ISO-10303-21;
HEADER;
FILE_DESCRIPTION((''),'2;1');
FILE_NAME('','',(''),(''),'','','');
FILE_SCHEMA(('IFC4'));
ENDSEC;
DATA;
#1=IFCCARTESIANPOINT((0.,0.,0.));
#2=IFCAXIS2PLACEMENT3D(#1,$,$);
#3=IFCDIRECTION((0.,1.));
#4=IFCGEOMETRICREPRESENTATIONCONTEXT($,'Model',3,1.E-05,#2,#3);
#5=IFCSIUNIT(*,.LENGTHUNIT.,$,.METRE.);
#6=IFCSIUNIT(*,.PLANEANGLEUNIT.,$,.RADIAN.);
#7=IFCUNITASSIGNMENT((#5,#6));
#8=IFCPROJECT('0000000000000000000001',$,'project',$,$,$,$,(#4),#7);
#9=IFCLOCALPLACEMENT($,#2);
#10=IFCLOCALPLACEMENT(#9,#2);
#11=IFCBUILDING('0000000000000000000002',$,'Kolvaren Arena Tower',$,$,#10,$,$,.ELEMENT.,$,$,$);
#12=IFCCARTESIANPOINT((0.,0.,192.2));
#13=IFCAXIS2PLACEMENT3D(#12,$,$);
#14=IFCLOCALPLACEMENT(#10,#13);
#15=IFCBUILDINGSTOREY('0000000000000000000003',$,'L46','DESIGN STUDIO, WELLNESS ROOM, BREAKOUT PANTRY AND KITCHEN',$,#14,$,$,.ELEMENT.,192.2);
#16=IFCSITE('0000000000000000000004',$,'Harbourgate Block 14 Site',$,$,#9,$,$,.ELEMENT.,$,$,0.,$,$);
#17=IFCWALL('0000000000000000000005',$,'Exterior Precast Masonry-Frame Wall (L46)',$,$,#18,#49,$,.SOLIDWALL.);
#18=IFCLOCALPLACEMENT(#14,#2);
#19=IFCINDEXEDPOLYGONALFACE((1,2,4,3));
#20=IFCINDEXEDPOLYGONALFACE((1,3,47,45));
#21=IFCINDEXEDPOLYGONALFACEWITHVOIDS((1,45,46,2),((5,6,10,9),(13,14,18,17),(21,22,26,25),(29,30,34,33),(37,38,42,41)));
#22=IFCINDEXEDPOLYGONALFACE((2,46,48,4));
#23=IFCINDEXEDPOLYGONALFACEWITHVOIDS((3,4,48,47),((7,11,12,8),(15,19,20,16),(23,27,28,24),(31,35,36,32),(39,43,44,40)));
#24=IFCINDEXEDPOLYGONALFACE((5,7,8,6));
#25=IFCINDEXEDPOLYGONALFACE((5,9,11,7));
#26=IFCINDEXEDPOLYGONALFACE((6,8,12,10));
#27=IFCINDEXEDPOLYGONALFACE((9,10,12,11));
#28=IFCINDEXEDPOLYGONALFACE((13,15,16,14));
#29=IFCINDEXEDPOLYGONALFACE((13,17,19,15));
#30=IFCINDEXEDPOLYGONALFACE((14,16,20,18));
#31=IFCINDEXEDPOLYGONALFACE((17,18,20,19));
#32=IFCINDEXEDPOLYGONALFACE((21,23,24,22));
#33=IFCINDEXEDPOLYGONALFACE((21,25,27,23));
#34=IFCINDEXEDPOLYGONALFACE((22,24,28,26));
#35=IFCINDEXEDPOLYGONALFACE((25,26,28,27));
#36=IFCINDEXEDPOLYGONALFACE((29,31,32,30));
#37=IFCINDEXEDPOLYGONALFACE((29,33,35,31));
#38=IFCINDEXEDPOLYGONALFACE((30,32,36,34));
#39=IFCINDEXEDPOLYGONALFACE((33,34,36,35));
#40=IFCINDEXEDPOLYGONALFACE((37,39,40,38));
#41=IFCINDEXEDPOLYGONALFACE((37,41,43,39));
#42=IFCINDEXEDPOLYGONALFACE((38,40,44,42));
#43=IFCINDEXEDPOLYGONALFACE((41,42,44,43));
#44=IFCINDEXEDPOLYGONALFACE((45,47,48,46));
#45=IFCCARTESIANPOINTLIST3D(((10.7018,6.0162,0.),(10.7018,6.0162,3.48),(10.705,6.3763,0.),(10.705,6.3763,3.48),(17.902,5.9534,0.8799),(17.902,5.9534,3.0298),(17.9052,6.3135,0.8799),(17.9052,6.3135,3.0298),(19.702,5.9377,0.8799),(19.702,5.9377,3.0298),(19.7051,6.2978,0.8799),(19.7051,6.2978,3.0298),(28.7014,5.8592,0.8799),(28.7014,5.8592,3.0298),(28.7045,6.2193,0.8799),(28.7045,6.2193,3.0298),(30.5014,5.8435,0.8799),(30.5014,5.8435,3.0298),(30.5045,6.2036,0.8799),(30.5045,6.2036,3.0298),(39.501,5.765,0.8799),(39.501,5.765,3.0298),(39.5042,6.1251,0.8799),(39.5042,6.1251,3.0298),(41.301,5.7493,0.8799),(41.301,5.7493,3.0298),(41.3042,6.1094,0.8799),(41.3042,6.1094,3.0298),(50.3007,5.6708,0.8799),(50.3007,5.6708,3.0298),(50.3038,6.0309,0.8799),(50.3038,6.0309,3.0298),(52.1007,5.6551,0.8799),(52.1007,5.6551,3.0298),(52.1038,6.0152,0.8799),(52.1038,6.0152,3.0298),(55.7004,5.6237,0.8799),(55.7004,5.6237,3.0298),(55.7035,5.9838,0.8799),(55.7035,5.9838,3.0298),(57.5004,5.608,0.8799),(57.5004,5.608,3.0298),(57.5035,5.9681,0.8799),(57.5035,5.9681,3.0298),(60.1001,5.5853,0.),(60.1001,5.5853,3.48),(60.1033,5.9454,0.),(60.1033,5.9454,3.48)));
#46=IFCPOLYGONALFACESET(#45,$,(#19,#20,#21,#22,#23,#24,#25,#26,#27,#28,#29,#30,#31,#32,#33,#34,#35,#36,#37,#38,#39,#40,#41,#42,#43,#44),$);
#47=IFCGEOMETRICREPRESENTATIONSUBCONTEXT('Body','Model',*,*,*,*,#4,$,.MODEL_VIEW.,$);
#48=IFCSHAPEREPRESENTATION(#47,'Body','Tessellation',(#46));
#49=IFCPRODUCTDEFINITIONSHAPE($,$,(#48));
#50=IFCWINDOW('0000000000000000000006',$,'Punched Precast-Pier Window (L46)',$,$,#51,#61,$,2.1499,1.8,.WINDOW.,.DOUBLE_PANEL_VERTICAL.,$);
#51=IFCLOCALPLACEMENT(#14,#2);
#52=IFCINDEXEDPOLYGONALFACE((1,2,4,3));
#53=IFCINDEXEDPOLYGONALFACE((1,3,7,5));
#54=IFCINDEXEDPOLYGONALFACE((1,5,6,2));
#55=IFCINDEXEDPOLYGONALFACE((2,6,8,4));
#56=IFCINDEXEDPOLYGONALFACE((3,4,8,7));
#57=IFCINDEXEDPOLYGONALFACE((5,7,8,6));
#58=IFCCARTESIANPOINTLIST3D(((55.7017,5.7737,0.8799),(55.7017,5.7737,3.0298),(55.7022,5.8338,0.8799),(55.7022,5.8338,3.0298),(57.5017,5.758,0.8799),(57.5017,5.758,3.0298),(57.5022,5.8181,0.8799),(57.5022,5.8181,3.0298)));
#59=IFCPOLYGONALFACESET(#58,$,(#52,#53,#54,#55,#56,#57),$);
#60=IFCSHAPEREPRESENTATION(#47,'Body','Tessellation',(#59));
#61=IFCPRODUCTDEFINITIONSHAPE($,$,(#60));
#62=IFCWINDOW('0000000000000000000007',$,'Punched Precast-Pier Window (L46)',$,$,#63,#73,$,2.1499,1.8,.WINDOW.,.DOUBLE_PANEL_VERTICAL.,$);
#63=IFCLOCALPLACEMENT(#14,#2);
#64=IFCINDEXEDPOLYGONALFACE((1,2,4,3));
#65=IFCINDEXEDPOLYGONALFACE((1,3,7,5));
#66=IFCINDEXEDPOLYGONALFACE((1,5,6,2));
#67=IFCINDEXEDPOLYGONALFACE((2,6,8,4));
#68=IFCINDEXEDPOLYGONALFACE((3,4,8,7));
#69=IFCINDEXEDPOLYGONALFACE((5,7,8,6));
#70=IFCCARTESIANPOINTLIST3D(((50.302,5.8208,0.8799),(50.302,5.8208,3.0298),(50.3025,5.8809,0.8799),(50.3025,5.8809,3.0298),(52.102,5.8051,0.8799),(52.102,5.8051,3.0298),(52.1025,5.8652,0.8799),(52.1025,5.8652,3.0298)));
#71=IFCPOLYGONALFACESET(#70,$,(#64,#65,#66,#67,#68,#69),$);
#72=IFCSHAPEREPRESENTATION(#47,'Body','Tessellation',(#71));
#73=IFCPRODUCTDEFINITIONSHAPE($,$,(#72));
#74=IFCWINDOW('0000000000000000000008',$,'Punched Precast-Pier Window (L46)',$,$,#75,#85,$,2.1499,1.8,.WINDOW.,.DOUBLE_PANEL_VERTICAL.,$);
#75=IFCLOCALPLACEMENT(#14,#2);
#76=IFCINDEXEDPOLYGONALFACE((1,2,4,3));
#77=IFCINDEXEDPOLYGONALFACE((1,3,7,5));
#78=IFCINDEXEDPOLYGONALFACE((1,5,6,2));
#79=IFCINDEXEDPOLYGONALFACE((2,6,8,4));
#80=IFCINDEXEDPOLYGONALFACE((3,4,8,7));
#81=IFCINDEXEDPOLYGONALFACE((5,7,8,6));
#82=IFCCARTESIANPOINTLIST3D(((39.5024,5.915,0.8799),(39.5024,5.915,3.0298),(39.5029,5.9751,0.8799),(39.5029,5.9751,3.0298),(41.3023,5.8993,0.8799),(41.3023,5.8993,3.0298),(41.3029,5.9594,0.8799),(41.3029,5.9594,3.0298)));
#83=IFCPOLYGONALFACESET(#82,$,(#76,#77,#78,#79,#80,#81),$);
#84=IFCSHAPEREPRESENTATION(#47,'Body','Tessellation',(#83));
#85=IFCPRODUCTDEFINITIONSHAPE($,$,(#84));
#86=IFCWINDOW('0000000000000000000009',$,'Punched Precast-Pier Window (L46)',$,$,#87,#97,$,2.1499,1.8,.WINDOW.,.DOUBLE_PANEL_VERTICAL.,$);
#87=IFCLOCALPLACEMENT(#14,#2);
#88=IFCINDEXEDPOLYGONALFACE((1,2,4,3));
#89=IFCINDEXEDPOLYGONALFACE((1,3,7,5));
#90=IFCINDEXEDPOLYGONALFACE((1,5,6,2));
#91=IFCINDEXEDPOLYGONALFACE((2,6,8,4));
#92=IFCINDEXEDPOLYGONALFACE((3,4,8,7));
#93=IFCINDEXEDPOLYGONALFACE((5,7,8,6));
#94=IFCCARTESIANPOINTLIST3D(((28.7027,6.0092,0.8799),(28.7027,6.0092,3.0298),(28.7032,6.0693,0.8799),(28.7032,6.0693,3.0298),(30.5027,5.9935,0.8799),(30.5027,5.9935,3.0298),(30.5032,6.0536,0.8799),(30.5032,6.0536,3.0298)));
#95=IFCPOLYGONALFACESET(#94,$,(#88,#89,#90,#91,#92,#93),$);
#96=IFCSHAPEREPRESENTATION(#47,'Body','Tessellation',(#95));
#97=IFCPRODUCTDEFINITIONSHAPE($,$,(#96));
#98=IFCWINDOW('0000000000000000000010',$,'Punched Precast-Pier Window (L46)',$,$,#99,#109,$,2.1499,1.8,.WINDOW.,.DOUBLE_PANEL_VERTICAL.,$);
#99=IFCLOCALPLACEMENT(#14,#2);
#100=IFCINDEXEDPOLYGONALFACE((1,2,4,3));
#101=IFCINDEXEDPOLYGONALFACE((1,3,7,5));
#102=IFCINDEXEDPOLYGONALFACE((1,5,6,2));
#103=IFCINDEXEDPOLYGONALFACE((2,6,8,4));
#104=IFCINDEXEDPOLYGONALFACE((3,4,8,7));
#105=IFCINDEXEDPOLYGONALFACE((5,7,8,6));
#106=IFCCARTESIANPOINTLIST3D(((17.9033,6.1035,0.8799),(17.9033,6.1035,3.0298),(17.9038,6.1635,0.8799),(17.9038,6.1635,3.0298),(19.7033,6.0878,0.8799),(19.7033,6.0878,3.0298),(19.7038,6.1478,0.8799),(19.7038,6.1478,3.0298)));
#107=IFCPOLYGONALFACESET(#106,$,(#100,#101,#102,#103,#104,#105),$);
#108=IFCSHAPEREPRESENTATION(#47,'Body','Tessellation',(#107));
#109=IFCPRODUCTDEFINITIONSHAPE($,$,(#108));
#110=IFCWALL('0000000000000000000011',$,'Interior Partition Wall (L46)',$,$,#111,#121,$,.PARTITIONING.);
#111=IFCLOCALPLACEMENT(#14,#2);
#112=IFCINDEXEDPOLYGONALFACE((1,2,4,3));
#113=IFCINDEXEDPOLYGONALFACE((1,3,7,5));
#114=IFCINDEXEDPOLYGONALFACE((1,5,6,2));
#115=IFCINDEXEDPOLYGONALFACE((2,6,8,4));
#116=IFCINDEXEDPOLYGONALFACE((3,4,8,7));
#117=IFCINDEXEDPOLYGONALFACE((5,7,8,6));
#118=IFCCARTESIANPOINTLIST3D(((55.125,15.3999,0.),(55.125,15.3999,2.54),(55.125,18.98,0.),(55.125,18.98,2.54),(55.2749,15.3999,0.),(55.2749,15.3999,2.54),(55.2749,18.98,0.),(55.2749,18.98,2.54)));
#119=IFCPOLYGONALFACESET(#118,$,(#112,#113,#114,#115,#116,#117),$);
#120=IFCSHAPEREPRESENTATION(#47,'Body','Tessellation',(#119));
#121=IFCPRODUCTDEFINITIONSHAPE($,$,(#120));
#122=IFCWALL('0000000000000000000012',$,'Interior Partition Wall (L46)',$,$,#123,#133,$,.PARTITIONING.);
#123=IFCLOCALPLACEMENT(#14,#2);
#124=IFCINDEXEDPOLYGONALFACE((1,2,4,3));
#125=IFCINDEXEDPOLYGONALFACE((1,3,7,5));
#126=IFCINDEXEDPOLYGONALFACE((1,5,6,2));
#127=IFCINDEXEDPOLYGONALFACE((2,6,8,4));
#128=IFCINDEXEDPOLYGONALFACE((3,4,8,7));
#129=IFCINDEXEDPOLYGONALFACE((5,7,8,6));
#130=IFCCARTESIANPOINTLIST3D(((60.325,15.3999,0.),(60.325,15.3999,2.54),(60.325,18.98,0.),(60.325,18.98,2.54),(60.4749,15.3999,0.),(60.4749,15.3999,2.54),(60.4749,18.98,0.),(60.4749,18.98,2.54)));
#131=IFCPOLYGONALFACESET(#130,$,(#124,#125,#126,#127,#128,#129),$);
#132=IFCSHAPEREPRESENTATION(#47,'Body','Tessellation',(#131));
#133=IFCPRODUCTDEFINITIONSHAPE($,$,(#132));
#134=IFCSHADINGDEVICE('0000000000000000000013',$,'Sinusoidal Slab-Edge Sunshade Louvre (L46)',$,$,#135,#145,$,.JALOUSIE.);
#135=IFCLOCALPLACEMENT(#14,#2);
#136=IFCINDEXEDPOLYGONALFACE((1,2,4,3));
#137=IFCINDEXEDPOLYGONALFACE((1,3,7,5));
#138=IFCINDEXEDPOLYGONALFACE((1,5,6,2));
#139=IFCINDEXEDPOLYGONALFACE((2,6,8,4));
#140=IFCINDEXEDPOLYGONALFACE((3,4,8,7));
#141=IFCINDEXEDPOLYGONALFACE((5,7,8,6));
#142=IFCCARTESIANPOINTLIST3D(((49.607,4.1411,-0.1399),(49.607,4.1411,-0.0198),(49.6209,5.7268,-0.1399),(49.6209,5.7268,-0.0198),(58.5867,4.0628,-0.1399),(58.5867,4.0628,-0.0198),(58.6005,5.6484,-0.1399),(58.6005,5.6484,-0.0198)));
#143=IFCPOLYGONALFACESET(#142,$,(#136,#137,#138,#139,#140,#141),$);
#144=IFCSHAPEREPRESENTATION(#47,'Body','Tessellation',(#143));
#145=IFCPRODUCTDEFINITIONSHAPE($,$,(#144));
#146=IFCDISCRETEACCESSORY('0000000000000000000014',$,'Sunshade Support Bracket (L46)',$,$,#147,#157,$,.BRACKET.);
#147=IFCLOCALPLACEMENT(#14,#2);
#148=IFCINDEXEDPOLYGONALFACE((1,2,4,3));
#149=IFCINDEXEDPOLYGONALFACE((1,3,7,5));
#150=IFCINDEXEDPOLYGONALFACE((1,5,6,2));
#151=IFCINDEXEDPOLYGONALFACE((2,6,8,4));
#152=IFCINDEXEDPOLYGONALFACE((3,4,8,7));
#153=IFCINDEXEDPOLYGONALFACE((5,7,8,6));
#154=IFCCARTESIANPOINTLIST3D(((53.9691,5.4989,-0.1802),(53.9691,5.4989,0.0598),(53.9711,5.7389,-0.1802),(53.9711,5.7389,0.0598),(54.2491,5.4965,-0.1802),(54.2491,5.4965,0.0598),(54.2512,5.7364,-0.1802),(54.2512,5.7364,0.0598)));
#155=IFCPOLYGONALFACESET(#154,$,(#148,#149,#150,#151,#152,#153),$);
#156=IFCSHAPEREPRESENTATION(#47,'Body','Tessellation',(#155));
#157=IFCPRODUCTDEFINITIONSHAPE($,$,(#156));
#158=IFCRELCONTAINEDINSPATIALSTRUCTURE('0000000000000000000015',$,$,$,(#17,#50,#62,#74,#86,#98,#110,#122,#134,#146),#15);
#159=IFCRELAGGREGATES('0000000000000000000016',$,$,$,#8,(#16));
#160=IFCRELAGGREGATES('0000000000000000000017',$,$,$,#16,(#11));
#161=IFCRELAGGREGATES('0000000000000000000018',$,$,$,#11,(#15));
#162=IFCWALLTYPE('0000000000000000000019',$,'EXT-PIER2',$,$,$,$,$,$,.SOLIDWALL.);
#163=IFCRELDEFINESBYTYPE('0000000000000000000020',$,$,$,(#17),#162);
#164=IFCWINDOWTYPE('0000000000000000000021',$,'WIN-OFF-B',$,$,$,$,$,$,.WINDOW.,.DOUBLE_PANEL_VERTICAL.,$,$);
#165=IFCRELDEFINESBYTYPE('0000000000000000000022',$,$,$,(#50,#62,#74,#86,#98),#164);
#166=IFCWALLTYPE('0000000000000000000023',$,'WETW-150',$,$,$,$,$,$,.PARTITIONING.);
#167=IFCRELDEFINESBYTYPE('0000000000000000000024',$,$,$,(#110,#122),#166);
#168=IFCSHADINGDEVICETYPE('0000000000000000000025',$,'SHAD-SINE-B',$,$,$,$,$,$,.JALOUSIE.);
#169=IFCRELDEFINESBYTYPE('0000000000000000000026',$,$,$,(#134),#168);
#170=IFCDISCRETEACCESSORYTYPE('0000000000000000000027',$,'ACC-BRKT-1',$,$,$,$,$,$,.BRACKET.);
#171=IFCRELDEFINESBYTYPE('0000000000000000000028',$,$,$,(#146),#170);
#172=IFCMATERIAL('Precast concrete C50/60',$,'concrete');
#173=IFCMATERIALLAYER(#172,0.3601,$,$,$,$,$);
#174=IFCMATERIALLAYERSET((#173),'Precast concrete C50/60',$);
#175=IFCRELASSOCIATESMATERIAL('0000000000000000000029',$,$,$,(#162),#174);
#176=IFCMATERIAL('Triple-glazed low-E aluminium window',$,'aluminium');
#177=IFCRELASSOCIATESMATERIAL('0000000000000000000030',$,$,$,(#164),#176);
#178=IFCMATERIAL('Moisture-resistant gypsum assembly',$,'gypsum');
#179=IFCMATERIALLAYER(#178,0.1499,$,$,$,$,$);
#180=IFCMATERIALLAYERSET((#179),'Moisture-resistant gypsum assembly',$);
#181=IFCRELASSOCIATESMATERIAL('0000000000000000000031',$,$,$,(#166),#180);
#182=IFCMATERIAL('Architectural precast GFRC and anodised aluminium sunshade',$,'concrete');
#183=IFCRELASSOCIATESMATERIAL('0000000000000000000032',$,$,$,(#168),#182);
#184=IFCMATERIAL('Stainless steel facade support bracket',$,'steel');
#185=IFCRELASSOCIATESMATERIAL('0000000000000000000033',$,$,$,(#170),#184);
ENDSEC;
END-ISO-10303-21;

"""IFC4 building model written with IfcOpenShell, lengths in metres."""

from ifc_helpers import new_model, si_unit, direction, frame, frame_2d, origin, origin_2d, place, context, subcontext, project, spatial, rectangle, extrude, material, layer, layer_set, type_object, element, fill, save


model = new_model("IFC4")

# Units and contexts
model_context = context("Model", 3, precision=1e-05, world=origin(), true_north=direction((0.0, 1.0)))
body_context = subcontext(model_context, "Body", "Model", "MODEL_VIEW")
ifc_project = project(units=[si_unit("LENGTHUNIT", "METRE"), si_unit("PLANEANGLEUNIT", "RADIAN")], contexts=[model_context])

# Site, building, storey
site_placement = place(None, origin())
site = spatial("IfcSite", under=ifc_project, at=site_placement, Name="Harbourgate Block 14 Site", CompositionType="ELEMENT", RefElevation=0.0)
building_placement = place(site_placement, origin())
building = spatial("IfcBuilding", under=site, at=building_placement, Name="Kolvaren Arena Tower", CompositionType="ELEMENT")
storey_placement = place(building_placement, frame((0.0, 0.0, 192.2)))
storey = spatial("IfcBuildingStorey", under=building, at=storey_placement, Name="L46", Description="DESIGN STUDIO, WELLNESS ROOM, BREAKOUT PANTRY AND KITCHEN", CompositionType="ELEMENT", Elevation=192.2)

# Shared definitions
ifc_material_1 = material(Name="Precast concrete C50/60", Category="concrete")
ifc_layer_1 = layer(ifc_material_1, 0.3601)
ifc_layer_set_1 = layer_set([ifc_layer_1], Name="Precast concrete C50/60")
wall_type_1 = type_object("IfcWallType", Name="EXT-PIER2", PredefinedType="SOLIDWALL", material=ifc_layer_set_1)

# Wall, openings, windows
wall_1_placement = place(storey_placement, frame((60.1018, 5.7654, 0.0), z_axis=(0.0, 0.0, 1.0), x_axis=(-0.999962, 0.008723, 0.0)))
wall_1 = element("IfcWall", 1, at=wall_1_placement, inside=storey, type_object=wall_type_1, Name="Exterior Precast Masonry-Frame Wall (L46)", PredefinedType="SOLIDWALL", context=body_context, shape_type="SweptSolid", body=[
    extrude(rectangle(XDim=49.4001, YDim=0.3601, at=frame_2d((24.7002, 0.0))), origin(), (0.0, 0.0, 1.0), 3.48),
])
opening_1_placement = place(wall_1_placement, frame((2.6001, 0.0, 0.8799)))
opening_1 = element("IfcOpeningElement", 2, at=opening_1_placement, cuts=wall_1, PredefinedType="OPENING", context=body_context, shape_type="SweptSolid", body=[
    extrude(rectangle(XDim=1.8, YDim=2.1499, at=frame_2d((0.8999, 1.075))), frame((0.0, 0.1899, 0.0), z_axis=(0.0, -1.0, 0.0), x_axis=(1.0, 0.0, 0.0)), (0.0, 0.0, 1.0), 0.3801),
])
opening_2_placement = place(wall_1_placement, frame((8.0, 0.0, 0.8799)))
opening_2 = element("IfcOpeningElement", 3, at=opening_2_placement, cuts=wall_1, PredefinedType="OPENING", context=body_context, shape_type="SweptSolid", body=[
    extrude(rectangle(XDim=1.8, YDim=2.1499, at=frame_2d((0.8999, 1.075))), frame((0.0, 0.1899, 0.0), z_axis=(0.0, -1.0, 0.0), x_axis=(1.0, 0.0, 0.0)), (0.0, 0.0, 1.0), 0.3801),
])
opening_3_placement = place(wall_1_placement, frame((18.8, 0.0, 0.8799)))
opening_3 = element("IfcOpeningElement", 4, at=opening_3_placement, cuts=wall_1, PredefinedType="OPENING", context=body_context, shape_type="SweptSolid", body=[
    extrude(rectangle(XDim=1.8, YDim=2.1499, at=frame_2d((0.8999, 1.075))), frame((0.0, 0.1899, 0.0), z_axis=(0.0, -1.0, 0.0), x_axis=(1.0, 0.0, 0.0)), (0.0, 0.0, 1.0), 0.3801),
])
opening_4_placement = place(wall_1_placement, frame((29.6001, 0.0, 0.8799)))
opening_4 = element("IfcOpeningElement", 5, at=opening_4_placement, cuts=wall_1, PredefinedType="OPENING", context=body_context, shape_type="SweptSolid", body=[
    extrude(rectangle(XDim=1.8, YDim=2.1499, at=frame_2d((0.8999, 1.075))), frame((0.0, 0.1899, 0.0), z_axis=(0.0, -1.0, 0.0), x_axis=(1.0, 0.0, 0.0)), (0.0, 0.0, 1.0), 0.3801),
])
opening_5_placement = place(wall_1_placement, frame((40.3999, 0.0, 0.8799)))
opening_5 = element("IfcOpeningElement", 6, at=opening_5_placement, cuts=wall_1, PredefinedType="OPENING", context=body_context, shape_type="SweptSolid", body=[
    extrude(rectangle(XDim=1.8, YDim=2.1499, at=frame_2d((0.8999, 1.075))), frame((0.0, 0.1899, 0.0), z_axis=(0.0, -1.0, 0.0), x_axis=(1.0, 0.0, 0.0)), (0.0, 0.0, 1.0), 0.3801),
])
ifc_material_2 = material(Name="Triple-glazed low-E aluminium window", Category="aluminium")
window_type = type_object("IfcWindowType", Name="WIN-OFF-B", PartitioningType="DOUBLE_PANEL_VERTICAL", PredefinedType="WINDOW", material=ifc_material_2)
window_1_placement = place(opening_1_placement, origin())
window_1 = element("IfcWindow", 7, at=window_1_placement, inside=storey, type_object=window_type, Name="Punched Precast-Pier Window (L46)", OverallHeight=2.1499, OverallWidth=1.8, PartitioningType="DOUBLE_PANEL_VERTICAL", PredefinedType="WINDOW", context=body_context, shape_type="SweptSolid", body=[
    extrude(rectangle(XDim=1.8, YDim=2.1499, at=frame_2d((0.8999, 1.075))), frame((0.0, 0.03, 0.0), z_axis=(0.0, -1.0, 0.0), x_axis=(1.0, 0.0, 0.0)), (0.0, 0.0, 1.0), 0.0601),
])
fill(opening_1, window_1)
window_2_placement = place(opening_2_placement, origin())
window_2 = element("IfcWindow", 8, at=window_2_placement, inside=storey, type_object=window_type, Name="Punched Precast-Pier Window (L46)", OverallHeight=2.1499, OverallWidth=1.8, PartitioningType="DOUBLE_PANEL_VERTICAL", PredefinedType="WINDOW", context=body_context, shape_type="SweptSolid", body=[
    extrude(rectangle(XDim=1.8, YDim=2.1499, at=frame_2d((0.8999, 1.075))), frame((0.0, 0.03, 0.0), z_axis=(0.0, -1.0, 0.0), x_axis=(1.0, 0.0, 0.0)), (0.0, 0.0, 1.0), 0.0601),
])
fill(opening_2, window_2)
window_3_placement = place(opening_3_placement, origin())
window_3 = element("IfcWindow", 9, at=window_3_placement, inside=storey, type_object=window_type, Name="Punched Precast-Pier Window (L46)", OverallHeight=2.1499, OverallWidth=1.8, PartitioningType="DOUBLE_PANEL_VERTICAL", PredefinedType="WINDOW", context=body_context, shape_type="SweptSolid", body=[
    extrude(rectangle(XDim=1.8, YDim=2.1499, at=frame_2d((0.8999, 1.075))), frame((0.0, 0.03, 0.0), z_axis=(0.0, -1.0, 0.0), x_axis=(1.0, 0.0, 0.0)), (0.0, 0.0, 1.0), 0.0601),
])
fill(opening_3, window_3)
window_4_placement = place(opening_4_placement, origin())
window_4 = element("IfcWindow", 10, at=window_4_placement, inside=storey, type_object=window_type, Name="Punched Precast-Pier Window (L46)", OverallHeight=2.1499, OverallWidth=1.8, PartitioningType="DOUBLE_PANEL_VERTICAL", PredefinedType="WINDOW", context=body_context, shape_type="SweptSolid", body=[
    extrude(rectangle(XDim=1.8, YDim=2.1499, at=frame_2d((0.8999, 1.075))), frame((0.0, 0.03, 0.0), z_axis=(0.0, -1.0, 0.0), x_axis=(1.0, 0.0, 0.0)), (0.0, 0.0, 1.0), 0.0601),
])
fill(opening_4, window_4)
window_5_placement = place(opening_5_placement, origin())
window_5 = element("IfcWindow", 11, at=window_5_placement, inside=storey, type_object=window_type, Name="Punched Precast-Pier Window (L46)", OverallHeight=2.1499, OverallWidth=1.8, PartitioningType="DOUBLE_PANEL_VERTICAL", PredefinedType="WINDOW", context=body_context, shape_type="SweptSolid", body=[
    extrude(rectangle(XDim=1.8, YDim=2.1499, at=frame_2d((0.8999, 1.075))), frame((0.0, 0.03, 0.0), z_axis=(0.0, -1.0, 0.0), x_axis=(1.0, 0.0, 0.0)), (0.0, 0.0, 1.0), 0.0601),
])
fill(opening_5, window_5)

# Walls
ifc_material_3 = material(Name="Moisture-resistant gypsum assembly", Category="gypsum")
ifc_layer_2 = layer(ifc_material_3, 0.1499)
ifc_layer_set_2 = layer_set([ifc_layer_2], Name="Moisture-resistant gypsum assembly")
wall_type_2 = type_object("IfcWallType", Name="WETW-150", PredefinedType="PARTITIONING", material=ifc_layer_set_2)
for number, where, z_axis, x_axis, name in (
    (12, (55.2, 15.3999, 0.0), (0.0, 0.0, 1.0), (0.0, 1.0, 0.0), "Interior Partition Wall (L46)"),
    (13, (60.3999, 15.3999, 0.0), (0.0, 0.0, 1.0), (0.0, 1.0, 0.0), "Interior Partition Wall (L46)"),
):
    element("IfcWall", number, at=place(storey_placement, frame(where, z_axis=z_axis, x_axis=x_axis)), inside=storey, type_object=wall_type_2, Name=name, PredefinedType="PARTITIONING", context=body_context, shape_type="SweptSolid", body=[
        extrude(rectangle(XDim=3.5801, YDim=0.1499, at=frame_2d((1.79, 0.0))), origin(), (0.0, 0.0, 1.0), 2.54),
    ])

# Shading device
ifc_material_4 = material(Name="Architectural precast GFRC and anodised aluminium sunshade", Category="concrete")
shading_device_type = type_object("IfcShadingDeviceType", Name="SHAD-SINE-B", PredefinedType="JALOUSIE", material=ifc_material_4)
shading_device_placement = place(storey_placement, frame((54.1038, 4.8948, -0.1399), z_axis=(0.0, 0.0, 1.0), x_axis=(-0.999962, 0.008727, 0.0)))
element("IfcShadingDevice", 14, at=shading_device_placement, inside=storey, type_object=shading_device_type, Name="Sinusoidal Slab-Edge Sunshade Louvre (L46)", PredefinedType="JALOUSIE", context=body_context, shape_type="SweptSolid", body=[
    extrude(rectangle(XDim=8.98, YDim=1.5857, at=origin_2d()), origin(), (0.0, 0.0, 1.0), 0.1201),
])

# Discrete accessory
ifc_material_5 = material(Name="Stainless steel facade support bracket", Category="steel")
discrete_accessory_type = type_object("IfcDiscreteAccessoryType", Name="ACC-BRKT-1", PredefinedType="BRACKET", material=ifc_material_5)
discrete_accessory_placement = place(storey_placement, frame((54.1101, 5.6177, -0.1802), z_axis=(0.0, 0.0, 1.0), x_axis=(-0.999962, 0.008727, 0.0)))
element("IfcDiscreteAccessory", 15, at=discrete_accessory_placement, inside=storey, type_object=discrete_accessory_type, Name="Sunshade Support Bracket (L46)", PredefinedType="BRACKET", context=body_context, shape_type="SweptSolid", body=[
    extrude(rectangle(XDim=0.28, YDim=0.24, at=origin_2d()), origin(), (0.0, 0.0, 1.0), 0.24),
])

save(model, "model.ifc")
